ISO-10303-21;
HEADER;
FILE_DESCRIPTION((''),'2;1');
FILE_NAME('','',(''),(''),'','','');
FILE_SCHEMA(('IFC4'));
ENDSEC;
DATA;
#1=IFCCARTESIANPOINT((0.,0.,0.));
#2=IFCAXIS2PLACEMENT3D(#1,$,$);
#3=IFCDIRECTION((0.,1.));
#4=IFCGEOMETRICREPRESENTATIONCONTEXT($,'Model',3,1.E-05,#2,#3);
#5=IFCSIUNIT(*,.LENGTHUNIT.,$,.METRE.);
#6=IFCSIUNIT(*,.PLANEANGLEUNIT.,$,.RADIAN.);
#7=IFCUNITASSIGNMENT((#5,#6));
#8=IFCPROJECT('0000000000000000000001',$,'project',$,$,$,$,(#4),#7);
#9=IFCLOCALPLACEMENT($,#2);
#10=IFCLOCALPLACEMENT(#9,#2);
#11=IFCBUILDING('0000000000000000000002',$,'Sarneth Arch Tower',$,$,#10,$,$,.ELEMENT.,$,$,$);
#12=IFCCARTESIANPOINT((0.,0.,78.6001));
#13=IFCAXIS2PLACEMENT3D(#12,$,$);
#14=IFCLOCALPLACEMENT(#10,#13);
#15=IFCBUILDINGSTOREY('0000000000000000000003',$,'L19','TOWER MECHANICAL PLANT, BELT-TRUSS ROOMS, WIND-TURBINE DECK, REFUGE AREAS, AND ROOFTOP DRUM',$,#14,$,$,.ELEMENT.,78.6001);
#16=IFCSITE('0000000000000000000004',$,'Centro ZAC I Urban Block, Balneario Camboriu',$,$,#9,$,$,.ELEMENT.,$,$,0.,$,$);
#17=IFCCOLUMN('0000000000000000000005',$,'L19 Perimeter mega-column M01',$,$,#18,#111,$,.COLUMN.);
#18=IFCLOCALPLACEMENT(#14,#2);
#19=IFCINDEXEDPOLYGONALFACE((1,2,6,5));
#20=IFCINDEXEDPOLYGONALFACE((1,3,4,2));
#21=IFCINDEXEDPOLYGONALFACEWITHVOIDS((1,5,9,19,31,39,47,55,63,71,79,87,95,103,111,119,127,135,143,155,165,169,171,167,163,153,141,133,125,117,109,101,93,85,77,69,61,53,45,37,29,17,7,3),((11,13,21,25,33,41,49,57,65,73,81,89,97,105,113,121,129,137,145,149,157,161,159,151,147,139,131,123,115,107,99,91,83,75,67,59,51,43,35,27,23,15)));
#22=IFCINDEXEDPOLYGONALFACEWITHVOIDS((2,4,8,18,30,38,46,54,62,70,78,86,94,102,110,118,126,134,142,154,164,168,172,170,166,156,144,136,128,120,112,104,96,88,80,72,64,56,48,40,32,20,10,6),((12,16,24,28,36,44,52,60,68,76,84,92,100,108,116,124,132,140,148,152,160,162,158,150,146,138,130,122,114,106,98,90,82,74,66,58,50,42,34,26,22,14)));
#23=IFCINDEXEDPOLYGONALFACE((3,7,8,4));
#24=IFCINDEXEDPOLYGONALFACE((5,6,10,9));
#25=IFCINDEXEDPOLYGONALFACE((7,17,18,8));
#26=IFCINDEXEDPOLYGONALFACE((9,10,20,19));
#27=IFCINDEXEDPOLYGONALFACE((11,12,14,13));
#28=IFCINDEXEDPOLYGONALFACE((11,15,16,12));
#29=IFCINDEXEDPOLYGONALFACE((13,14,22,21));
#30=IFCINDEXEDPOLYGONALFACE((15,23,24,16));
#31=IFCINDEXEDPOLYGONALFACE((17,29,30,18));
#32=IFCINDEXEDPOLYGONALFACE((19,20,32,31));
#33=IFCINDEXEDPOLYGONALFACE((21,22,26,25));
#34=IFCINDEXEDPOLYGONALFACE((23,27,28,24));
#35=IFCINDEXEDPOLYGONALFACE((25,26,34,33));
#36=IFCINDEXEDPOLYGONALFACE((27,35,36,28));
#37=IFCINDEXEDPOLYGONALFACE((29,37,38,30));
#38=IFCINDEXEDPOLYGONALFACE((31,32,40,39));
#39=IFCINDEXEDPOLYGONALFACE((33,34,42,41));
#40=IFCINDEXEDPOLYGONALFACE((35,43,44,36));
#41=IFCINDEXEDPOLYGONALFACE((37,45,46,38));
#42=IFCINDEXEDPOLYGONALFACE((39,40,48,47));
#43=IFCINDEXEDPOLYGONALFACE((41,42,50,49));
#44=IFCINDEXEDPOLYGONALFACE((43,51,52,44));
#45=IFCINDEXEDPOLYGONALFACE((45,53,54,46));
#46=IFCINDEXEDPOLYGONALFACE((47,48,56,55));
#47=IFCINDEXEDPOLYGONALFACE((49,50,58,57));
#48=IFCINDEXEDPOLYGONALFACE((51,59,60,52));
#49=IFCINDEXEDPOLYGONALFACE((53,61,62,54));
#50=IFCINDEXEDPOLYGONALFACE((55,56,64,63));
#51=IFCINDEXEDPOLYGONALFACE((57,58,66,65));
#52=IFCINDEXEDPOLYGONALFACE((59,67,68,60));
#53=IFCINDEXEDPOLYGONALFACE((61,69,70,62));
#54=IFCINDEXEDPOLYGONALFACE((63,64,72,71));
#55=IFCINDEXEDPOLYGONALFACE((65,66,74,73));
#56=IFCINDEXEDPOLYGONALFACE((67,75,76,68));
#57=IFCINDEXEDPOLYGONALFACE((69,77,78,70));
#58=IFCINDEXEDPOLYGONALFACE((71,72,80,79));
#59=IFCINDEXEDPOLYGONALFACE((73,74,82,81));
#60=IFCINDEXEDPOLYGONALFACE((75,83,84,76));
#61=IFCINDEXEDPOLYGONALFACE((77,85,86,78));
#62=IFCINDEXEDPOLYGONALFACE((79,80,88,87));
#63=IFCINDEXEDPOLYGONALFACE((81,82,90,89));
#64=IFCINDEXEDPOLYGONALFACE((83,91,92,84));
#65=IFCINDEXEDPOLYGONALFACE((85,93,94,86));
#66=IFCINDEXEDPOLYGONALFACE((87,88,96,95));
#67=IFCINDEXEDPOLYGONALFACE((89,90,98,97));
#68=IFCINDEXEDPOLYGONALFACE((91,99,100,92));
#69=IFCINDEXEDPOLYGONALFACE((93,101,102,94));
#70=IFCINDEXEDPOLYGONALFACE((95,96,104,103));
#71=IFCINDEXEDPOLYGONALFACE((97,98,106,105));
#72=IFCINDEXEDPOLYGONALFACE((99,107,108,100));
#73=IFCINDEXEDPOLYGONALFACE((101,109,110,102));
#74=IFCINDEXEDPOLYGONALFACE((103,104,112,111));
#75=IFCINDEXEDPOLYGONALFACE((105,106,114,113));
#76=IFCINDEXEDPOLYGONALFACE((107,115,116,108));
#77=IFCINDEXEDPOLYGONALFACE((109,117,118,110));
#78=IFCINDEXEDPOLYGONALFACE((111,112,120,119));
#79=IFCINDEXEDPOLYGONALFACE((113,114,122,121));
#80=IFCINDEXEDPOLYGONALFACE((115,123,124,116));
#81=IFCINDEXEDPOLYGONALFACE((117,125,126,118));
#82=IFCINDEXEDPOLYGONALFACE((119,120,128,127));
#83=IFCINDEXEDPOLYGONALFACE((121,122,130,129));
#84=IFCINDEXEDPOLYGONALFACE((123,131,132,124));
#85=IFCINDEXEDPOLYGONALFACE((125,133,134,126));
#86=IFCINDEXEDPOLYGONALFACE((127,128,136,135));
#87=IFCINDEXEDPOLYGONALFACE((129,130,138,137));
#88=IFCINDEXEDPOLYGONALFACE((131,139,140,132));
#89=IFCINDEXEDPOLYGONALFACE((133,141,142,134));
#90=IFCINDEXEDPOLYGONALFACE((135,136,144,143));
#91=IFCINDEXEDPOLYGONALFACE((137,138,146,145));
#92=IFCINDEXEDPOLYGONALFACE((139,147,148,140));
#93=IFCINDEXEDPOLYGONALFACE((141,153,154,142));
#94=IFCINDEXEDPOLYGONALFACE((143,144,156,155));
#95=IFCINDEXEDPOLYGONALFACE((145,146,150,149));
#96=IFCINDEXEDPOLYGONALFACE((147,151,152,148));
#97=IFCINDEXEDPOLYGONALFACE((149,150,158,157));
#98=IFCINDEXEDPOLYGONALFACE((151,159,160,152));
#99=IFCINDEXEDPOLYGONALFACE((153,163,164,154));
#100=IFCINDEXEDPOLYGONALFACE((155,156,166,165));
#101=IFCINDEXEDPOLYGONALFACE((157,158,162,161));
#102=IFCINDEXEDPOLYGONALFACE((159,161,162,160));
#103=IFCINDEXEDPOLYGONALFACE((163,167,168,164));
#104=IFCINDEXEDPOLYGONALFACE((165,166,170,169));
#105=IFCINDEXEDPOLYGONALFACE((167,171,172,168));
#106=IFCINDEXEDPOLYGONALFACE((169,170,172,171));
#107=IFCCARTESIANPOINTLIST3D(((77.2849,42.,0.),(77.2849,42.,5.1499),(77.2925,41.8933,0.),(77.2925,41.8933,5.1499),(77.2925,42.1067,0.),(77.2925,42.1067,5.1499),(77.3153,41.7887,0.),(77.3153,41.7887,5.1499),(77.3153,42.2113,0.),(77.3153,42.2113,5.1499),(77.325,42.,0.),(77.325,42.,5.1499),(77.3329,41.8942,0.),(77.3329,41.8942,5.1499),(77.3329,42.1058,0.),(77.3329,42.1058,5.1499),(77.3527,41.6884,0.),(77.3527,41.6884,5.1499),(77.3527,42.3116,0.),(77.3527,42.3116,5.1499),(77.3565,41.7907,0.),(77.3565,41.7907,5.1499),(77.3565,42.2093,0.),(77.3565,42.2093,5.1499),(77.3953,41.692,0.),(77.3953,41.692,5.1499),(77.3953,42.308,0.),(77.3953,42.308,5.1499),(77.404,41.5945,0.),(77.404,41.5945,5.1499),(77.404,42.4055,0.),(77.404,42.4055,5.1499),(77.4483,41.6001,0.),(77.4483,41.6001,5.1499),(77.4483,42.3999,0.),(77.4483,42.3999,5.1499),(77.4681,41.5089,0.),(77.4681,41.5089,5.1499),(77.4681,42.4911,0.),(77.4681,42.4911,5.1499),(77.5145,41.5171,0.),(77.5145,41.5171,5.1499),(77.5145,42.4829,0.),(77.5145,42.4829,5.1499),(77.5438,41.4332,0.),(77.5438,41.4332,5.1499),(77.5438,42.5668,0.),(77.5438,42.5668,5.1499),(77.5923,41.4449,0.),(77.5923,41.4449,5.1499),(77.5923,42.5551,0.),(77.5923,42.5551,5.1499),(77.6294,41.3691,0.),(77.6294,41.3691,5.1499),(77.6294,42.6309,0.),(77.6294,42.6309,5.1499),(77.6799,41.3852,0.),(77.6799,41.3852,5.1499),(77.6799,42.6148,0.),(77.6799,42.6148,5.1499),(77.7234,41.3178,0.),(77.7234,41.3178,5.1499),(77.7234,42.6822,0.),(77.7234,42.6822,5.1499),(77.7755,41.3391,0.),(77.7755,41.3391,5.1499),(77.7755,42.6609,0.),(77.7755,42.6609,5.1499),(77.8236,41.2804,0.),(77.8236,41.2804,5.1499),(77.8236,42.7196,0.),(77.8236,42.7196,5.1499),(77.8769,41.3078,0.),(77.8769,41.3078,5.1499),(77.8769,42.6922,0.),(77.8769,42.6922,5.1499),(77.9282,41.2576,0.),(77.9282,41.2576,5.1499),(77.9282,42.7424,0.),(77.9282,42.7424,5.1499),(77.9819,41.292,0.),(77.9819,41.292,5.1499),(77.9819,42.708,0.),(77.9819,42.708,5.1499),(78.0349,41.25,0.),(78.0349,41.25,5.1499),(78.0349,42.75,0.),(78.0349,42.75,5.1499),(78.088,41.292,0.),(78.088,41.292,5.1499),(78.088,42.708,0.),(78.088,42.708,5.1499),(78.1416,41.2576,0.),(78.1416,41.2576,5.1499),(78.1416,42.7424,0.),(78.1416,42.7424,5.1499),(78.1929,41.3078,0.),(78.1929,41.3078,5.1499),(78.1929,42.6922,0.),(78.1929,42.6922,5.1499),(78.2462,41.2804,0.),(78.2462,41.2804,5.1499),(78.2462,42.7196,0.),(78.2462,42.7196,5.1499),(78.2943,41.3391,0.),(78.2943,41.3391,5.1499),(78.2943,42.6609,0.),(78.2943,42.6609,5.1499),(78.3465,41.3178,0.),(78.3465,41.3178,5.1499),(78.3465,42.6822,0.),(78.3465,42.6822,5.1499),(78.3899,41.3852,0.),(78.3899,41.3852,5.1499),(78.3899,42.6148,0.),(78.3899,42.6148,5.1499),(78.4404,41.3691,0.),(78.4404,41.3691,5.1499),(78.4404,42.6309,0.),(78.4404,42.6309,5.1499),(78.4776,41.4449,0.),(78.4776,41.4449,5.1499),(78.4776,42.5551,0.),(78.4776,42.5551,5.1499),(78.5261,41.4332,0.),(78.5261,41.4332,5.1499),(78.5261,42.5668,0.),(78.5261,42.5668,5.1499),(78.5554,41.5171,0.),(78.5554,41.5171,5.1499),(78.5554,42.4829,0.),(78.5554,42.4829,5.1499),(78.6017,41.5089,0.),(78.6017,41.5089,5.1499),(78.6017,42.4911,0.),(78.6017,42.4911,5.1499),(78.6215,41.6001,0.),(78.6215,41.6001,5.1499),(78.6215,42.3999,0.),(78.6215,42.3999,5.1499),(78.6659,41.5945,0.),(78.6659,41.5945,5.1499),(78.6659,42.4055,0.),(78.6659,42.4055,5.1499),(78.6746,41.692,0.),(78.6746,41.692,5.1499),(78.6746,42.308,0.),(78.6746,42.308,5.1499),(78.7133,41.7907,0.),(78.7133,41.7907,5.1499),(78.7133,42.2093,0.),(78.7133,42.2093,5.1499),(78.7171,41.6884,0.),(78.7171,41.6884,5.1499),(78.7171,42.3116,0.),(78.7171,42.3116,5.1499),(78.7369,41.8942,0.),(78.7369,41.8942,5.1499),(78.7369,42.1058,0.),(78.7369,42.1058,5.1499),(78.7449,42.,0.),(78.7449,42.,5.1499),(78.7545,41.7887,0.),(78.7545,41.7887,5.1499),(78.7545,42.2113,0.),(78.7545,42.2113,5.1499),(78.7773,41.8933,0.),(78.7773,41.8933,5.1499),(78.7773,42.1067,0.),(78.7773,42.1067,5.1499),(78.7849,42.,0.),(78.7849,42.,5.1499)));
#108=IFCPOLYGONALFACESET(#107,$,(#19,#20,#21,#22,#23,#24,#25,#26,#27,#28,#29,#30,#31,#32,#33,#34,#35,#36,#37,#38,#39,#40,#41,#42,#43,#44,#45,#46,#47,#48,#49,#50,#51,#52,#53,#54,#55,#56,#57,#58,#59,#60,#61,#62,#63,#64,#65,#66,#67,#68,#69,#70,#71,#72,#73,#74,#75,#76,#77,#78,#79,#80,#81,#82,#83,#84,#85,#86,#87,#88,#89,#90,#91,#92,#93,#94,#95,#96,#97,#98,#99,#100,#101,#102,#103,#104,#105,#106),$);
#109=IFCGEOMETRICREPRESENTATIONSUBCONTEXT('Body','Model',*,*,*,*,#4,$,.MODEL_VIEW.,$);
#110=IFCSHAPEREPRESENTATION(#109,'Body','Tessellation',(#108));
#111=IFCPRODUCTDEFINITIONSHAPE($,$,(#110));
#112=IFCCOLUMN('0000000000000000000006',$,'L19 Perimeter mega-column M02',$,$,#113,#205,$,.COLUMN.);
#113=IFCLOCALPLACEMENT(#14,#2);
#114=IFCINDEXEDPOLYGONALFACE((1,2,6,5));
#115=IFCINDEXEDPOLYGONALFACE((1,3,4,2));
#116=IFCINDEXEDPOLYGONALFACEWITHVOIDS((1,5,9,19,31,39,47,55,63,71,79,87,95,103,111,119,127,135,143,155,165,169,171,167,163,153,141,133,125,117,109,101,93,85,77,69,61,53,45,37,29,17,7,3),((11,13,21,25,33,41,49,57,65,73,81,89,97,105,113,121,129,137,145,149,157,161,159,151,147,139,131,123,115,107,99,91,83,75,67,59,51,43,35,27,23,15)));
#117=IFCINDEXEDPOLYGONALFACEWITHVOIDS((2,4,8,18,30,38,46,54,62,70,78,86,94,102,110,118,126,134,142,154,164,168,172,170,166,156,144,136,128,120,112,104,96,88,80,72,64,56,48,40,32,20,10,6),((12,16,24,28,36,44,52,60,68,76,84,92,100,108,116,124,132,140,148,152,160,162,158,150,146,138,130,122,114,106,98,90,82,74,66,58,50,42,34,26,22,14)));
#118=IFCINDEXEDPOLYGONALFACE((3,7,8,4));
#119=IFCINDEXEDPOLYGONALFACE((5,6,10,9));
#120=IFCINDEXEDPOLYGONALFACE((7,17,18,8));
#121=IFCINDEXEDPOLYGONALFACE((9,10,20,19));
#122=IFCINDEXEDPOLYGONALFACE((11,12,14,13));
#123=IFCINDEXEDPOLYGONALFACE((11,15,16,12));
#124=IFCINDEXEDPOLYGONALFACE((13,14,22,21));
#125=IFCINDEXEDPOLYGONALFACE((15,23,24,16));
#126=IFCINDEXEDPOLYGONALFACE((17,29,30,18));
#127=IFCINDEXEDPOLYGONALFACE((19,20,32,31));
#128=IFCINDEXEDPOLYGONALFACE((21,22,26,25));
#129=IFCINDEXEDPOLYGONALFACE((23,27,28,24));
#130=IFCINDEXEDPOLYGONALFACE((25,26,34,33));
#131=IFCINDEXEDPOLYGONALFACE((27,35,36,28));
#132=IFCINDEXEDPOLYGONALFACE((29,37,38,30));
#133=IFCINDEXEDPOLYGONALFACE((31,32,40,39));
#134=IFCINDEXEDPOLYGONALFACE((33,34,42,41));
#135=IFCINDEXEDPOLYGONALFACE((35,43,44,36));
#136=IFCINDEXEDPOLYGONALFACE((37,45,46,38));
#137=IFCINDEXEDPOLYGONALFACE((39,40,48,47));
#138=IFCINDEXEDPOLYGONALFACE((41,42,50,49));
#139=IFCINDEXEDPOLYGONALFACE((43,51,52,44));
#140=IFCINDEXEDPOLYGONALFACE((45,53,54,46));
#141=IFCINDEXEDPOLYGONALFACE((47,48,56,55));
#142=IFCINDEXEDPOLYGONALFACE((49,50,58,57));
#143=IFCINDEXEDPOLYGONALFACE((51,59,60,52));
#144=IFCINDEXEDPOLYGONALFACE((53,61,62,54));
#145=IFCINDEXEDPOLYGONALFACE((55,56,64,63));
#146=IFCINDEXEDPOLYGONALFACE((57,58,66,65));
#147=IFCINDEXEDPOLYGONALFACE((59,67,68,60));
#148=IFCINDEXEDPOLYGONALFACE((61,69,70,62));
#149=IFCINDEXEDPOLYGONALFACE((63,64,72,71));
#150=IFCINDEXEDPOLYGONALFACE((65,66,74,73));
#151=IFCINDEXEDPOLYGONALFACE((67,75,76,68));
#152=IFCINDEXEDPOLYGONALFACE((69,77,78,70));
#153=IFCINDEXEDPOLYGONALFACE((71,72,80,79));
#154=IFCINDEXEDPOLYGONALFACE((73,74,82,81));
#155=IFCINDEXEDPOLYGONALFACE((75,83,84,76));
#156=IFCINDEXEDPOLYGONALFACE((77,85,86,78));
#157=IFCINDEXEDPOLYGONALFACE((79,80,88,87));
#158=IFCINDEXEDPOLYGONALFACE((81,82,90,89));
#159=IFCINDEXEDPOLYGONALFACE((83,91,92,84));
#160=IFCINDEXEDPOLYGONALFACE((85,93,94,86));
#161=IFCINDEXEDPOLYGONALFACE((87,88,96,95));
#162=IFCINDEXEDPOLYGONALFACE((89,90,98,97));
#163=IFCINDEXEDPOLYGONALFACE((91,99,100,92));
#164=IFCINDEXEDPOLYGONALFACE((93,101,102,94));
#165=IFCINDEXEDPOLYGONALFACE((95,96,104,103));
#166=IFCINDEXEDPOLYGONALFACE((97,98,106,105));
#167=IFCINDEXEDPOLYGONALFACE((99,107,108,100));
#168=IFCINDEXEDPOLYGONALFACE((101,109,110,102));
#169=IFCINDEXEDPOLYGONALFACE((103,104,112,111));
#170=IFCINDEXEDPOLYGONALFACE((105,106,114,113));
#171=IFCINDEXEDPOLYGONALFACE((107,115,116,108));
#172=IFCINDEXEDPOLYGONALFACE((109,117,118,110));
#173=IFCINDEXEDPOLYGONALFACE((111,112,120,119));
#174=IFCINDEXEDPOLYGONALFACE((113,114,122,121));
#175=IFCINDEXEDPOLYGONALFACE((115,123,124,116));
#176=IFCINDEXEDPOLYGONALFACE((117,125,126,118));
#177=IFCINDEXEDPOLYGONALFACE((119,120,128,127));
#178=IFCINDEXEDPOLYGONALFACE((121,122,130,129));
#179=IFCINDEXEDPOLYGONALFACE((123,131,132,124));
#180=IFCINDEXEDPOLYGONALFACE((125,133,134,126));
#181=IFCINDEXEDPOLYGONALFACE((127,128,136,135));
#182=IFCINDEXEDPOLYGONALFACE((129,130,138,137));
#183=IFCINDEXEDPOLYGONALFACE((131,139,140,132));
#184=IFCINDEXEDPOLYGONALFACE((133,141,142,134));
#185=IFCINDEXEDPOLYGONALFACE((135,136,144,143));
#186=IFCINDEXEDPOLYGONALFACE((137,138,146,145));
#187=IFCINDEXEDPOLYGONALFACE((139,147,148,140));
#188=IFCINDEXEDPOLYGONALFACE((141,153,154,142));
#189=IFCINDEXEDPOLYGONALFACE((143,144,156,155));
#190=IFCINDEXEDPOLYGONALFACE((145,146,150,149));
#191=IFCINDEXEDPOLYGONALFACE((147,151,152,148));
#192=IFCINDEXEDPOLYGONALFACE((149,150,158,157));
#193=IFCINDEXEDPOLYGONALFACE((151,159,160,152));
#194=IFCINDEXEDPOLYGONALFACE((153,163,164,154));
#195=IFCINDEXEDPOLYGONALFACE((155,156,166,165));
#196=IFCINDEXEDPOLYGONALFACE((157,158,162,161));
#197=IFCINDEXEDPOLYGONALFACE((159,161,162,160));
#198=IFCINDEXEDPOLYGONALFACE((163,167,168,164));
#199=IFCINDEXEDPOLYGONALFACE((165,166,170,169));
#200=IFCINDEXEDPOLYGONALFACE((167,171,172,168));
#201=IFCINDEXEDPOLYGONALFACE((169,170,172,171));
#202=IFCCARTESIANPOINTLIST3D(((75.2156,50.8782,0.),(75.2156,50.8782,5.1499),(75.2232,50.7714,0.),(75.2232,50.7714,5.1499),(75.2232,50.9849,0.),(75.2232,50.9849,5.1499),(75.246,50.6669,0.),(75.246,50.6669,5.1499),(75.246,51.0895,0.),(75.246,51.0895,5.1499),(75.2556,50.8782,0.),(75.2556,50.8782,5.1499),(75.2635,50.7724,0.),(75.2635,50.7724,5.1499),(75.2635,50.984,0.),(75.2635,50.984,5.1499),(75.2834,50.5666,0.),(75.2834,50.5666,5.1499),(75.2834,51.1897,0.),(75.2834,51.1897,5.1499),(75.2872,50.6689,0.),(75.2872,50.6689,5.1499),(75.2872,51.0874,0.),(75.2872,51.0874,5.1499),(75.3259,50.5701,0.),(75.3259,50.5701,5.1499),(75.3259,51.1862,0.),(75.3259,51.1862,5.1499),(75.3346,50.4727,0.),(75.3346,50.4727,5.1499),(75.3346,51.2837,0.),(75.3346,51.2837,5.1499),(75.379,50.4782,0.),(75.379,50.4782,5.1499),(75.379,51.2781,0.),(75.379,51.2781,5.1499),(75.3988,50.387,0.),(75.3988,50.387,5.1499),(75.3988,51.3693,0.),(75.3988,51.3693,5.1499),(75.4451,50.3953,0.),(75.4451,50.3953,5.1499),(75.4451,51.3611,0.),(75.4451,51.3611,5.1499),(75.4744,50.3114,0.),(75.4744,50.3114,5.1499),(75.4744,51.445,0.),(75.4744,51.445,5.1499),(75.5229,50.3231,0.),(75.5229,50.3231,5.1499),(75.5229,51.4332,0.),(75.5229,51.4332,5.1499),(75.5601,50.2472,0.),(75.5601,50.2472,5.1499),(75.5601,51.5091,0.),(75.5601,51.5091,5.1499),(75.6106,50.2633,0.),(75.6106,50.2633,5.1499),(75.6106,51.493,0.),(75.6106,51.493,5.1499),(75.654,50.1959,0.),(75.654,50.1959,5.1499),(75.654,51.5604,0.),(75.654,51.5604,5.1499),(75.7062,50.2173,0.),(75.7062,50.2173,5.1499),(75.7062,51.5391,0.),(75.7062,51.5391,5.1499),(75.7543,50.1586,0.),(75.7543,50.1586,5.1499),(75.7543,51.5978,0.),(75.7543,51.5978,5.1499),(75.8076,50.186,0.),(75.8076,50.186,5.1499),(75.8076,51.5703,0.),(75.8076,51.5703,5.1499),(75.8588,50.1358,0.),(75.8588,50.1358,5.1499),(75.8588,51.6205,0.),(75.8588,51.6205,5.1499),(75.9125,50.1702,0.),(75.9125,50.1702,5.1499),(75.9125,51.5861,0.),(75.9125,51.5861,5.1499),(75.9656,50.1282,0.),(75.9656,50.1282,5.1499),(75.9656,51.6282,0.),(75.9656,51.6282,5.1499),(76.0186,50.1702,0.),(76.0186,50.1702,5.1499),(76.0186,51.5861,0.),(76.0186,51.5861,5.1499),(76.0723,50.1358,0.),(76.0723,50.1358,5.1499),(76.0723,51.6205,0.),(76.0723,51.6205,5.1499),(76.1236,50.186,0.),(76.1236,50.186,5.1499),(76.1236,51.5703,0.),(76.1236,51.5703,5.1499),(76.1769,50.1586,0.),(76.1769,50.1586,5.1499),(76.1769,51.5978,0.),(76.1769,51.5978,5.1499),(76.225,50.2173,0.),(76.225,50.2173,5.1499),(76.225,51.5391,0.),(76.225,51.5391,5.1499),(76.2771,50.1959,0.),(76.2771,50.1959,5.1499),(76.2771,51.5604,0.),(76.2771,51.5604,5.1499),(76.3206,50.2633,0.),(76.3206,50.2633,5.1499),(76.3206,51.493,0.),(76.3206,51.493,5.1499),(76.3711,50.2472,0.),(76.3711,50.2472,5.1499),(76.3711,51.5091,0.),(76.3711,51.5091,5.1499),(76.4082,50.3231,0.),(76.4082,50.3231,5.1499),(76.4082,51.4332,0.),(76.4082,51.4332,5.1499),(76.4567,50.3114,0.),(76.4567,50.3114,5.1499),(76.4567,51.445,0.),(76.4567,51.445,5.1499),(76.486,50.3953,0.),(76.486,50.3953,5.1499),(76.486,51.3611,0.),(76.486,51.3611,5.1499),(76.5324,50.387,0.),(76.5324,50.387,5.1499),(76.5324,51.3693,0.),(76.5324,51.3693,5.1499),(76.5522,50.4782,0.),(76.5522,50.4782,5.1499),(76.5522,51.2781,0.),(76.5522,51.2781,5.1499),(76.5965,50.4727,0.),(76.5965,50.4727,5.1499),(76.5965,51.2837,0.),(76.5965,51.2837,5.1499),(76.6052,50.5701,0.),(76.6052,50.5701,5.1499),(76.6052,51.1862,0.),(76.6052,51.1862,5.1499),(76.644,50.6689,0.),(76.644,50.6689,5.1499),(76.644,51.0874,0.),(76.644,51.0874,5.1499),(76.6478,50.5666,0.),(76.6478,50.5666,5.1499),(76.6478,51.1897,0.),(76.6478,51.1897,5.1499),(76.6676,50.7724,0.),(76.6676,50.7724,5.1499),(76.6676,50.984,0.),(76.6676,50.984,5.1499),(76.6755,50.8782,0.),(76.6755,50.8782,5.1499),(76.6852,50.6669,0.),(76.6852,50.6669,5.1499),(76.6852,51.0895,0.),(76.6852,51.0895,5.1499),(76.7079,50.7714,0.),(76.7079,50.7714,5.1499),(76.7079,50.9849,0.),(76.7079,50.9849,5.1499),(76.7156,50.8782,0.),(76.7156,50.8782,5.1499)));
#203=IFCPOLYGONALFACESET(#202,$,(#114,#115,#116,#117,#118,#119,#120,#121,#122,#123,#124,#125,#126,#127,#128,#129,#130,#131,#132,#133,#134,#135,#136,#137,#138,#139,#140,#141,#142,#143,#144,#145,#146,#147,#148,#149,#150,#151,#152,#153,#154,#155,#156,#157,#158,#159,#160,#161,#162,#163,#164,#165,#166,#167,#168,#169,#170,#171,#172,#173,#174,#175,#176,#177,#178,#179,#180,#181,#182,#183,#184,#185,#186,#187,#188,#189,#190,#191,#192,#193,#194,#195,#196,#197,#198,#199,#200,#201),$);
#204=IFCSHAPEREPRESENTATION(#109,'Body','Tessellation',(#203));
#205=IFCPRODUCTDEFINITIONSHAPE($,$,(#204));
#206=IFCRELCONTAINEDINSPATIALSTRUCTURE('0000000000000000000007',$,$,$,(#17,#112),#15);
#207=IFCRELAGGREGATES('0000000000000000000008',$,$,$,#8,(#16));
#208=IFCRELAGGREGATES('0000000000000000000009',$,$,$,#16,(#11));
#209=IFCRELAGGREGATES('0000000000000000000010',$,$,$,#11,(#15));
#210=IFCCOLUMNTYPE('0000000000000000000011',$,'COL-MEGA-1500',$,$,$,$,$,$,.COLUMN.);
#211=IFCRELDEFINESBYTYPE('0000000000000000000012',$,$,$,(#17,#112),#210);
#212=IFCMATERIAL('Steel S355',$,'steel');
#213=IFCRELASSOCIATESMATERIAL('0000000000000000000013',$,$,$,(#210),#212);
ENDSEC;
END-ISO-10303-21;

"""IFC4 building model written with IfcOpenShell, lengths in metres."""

from ifc_helpers import new_model, si_unit, direction, frame, origin, origin_2d, place, context, subcontext, project, spatial, hollow_circle, extrude, material, material_profile, profile_set, type_object, element, save


model = new_model("IFC4")

# Units and contexts
model_context = context("Model", 3, precision=1e-05, world=origin(), true_north=direction((0.0, 1.0)))
body_context = subcontext(model_context, "Body", "Model", "MODEL_VIEW")
ifc_project = project(units=[si_unit("LENGTHUNIT", "METRE"), si_unit("PLANEANGLEUNIT", "RADIAN")], contexts=[model_context])

# Site, building, storey
site_placement = place(None, origin())
site = spatial("IfcSite", under=ifc_project, at=site_placement, Name="Centro ZAC I Urban Block, Balneario Camboriu", CompositionType="ELEMENT", RefElevation=0.0)
building_placement = place(site_placement, origin())
building = spatial("IfcBuilding", under=site, at=building_placement, Name="Sarneth Arch Tower", CompositionType="ELEMENT")
storey_placement = place(building_placement, frame((0.0, 0.0, 78.6001)))
storey = spatial("IfcBuildingStorey", under=building, at=storey_placement, Name="L19", Description="TOWER MECHANICAL PLANT, BELT-TRUSS ROOMS, WIND-TURBINE DECK, REFUGE AREAS, AND ROOFTOP DRUM", CompositionType="ELEMENT", Elevation=78.6001)

# Columns
ifc_material_1 = material(Name="Steel S355", Category="steel")
ifc_material_profile_1 = material_profile(ifc_material_1, hollow_circle(Radius=0.75, WallThickness=0.04, at=origin_2d()), Name="CHS1500x40")
ifc_profile_set_1 = profile_set([ifc_material_profile_1], Name="Steel S355")
column_type = type_object("IfcColumnType", Name="COL-MEGA-1500", PredefinedType="COLUMN", material=ifc_profile_set_1)
for number, where, z_axis, x_axis, name in (
    (1, (78.0349, 42.0, 0.0), (0.0, 0.0, 1.0), (1.0, 0.0, 0.0), "L19 Perimeter mega-column M01"),
    (2, (75.9656, 50.8782, 0.0), (0.0, 0.0, 1.0), (1.0, 0.0, 0.0), "L19 Perimeter mega-column M02"),
):
    element("IfcColumn", number, at=place(storey_placement, frame(where, z_axis=z_axis, x_axis=x_axis)), inside=storey, type_object=column_type, Name=name, PredefinedType="COLUMN", context=body_context, shape_type="SweptSolid", body=[
        extrude(hollow_circle(Radius=0.75, WallThickness=0.04, at=origin_2d()), origin(), (0.0, 0.0, 1.0), 5.1499),
    ])

save(model, "model.ifc")
